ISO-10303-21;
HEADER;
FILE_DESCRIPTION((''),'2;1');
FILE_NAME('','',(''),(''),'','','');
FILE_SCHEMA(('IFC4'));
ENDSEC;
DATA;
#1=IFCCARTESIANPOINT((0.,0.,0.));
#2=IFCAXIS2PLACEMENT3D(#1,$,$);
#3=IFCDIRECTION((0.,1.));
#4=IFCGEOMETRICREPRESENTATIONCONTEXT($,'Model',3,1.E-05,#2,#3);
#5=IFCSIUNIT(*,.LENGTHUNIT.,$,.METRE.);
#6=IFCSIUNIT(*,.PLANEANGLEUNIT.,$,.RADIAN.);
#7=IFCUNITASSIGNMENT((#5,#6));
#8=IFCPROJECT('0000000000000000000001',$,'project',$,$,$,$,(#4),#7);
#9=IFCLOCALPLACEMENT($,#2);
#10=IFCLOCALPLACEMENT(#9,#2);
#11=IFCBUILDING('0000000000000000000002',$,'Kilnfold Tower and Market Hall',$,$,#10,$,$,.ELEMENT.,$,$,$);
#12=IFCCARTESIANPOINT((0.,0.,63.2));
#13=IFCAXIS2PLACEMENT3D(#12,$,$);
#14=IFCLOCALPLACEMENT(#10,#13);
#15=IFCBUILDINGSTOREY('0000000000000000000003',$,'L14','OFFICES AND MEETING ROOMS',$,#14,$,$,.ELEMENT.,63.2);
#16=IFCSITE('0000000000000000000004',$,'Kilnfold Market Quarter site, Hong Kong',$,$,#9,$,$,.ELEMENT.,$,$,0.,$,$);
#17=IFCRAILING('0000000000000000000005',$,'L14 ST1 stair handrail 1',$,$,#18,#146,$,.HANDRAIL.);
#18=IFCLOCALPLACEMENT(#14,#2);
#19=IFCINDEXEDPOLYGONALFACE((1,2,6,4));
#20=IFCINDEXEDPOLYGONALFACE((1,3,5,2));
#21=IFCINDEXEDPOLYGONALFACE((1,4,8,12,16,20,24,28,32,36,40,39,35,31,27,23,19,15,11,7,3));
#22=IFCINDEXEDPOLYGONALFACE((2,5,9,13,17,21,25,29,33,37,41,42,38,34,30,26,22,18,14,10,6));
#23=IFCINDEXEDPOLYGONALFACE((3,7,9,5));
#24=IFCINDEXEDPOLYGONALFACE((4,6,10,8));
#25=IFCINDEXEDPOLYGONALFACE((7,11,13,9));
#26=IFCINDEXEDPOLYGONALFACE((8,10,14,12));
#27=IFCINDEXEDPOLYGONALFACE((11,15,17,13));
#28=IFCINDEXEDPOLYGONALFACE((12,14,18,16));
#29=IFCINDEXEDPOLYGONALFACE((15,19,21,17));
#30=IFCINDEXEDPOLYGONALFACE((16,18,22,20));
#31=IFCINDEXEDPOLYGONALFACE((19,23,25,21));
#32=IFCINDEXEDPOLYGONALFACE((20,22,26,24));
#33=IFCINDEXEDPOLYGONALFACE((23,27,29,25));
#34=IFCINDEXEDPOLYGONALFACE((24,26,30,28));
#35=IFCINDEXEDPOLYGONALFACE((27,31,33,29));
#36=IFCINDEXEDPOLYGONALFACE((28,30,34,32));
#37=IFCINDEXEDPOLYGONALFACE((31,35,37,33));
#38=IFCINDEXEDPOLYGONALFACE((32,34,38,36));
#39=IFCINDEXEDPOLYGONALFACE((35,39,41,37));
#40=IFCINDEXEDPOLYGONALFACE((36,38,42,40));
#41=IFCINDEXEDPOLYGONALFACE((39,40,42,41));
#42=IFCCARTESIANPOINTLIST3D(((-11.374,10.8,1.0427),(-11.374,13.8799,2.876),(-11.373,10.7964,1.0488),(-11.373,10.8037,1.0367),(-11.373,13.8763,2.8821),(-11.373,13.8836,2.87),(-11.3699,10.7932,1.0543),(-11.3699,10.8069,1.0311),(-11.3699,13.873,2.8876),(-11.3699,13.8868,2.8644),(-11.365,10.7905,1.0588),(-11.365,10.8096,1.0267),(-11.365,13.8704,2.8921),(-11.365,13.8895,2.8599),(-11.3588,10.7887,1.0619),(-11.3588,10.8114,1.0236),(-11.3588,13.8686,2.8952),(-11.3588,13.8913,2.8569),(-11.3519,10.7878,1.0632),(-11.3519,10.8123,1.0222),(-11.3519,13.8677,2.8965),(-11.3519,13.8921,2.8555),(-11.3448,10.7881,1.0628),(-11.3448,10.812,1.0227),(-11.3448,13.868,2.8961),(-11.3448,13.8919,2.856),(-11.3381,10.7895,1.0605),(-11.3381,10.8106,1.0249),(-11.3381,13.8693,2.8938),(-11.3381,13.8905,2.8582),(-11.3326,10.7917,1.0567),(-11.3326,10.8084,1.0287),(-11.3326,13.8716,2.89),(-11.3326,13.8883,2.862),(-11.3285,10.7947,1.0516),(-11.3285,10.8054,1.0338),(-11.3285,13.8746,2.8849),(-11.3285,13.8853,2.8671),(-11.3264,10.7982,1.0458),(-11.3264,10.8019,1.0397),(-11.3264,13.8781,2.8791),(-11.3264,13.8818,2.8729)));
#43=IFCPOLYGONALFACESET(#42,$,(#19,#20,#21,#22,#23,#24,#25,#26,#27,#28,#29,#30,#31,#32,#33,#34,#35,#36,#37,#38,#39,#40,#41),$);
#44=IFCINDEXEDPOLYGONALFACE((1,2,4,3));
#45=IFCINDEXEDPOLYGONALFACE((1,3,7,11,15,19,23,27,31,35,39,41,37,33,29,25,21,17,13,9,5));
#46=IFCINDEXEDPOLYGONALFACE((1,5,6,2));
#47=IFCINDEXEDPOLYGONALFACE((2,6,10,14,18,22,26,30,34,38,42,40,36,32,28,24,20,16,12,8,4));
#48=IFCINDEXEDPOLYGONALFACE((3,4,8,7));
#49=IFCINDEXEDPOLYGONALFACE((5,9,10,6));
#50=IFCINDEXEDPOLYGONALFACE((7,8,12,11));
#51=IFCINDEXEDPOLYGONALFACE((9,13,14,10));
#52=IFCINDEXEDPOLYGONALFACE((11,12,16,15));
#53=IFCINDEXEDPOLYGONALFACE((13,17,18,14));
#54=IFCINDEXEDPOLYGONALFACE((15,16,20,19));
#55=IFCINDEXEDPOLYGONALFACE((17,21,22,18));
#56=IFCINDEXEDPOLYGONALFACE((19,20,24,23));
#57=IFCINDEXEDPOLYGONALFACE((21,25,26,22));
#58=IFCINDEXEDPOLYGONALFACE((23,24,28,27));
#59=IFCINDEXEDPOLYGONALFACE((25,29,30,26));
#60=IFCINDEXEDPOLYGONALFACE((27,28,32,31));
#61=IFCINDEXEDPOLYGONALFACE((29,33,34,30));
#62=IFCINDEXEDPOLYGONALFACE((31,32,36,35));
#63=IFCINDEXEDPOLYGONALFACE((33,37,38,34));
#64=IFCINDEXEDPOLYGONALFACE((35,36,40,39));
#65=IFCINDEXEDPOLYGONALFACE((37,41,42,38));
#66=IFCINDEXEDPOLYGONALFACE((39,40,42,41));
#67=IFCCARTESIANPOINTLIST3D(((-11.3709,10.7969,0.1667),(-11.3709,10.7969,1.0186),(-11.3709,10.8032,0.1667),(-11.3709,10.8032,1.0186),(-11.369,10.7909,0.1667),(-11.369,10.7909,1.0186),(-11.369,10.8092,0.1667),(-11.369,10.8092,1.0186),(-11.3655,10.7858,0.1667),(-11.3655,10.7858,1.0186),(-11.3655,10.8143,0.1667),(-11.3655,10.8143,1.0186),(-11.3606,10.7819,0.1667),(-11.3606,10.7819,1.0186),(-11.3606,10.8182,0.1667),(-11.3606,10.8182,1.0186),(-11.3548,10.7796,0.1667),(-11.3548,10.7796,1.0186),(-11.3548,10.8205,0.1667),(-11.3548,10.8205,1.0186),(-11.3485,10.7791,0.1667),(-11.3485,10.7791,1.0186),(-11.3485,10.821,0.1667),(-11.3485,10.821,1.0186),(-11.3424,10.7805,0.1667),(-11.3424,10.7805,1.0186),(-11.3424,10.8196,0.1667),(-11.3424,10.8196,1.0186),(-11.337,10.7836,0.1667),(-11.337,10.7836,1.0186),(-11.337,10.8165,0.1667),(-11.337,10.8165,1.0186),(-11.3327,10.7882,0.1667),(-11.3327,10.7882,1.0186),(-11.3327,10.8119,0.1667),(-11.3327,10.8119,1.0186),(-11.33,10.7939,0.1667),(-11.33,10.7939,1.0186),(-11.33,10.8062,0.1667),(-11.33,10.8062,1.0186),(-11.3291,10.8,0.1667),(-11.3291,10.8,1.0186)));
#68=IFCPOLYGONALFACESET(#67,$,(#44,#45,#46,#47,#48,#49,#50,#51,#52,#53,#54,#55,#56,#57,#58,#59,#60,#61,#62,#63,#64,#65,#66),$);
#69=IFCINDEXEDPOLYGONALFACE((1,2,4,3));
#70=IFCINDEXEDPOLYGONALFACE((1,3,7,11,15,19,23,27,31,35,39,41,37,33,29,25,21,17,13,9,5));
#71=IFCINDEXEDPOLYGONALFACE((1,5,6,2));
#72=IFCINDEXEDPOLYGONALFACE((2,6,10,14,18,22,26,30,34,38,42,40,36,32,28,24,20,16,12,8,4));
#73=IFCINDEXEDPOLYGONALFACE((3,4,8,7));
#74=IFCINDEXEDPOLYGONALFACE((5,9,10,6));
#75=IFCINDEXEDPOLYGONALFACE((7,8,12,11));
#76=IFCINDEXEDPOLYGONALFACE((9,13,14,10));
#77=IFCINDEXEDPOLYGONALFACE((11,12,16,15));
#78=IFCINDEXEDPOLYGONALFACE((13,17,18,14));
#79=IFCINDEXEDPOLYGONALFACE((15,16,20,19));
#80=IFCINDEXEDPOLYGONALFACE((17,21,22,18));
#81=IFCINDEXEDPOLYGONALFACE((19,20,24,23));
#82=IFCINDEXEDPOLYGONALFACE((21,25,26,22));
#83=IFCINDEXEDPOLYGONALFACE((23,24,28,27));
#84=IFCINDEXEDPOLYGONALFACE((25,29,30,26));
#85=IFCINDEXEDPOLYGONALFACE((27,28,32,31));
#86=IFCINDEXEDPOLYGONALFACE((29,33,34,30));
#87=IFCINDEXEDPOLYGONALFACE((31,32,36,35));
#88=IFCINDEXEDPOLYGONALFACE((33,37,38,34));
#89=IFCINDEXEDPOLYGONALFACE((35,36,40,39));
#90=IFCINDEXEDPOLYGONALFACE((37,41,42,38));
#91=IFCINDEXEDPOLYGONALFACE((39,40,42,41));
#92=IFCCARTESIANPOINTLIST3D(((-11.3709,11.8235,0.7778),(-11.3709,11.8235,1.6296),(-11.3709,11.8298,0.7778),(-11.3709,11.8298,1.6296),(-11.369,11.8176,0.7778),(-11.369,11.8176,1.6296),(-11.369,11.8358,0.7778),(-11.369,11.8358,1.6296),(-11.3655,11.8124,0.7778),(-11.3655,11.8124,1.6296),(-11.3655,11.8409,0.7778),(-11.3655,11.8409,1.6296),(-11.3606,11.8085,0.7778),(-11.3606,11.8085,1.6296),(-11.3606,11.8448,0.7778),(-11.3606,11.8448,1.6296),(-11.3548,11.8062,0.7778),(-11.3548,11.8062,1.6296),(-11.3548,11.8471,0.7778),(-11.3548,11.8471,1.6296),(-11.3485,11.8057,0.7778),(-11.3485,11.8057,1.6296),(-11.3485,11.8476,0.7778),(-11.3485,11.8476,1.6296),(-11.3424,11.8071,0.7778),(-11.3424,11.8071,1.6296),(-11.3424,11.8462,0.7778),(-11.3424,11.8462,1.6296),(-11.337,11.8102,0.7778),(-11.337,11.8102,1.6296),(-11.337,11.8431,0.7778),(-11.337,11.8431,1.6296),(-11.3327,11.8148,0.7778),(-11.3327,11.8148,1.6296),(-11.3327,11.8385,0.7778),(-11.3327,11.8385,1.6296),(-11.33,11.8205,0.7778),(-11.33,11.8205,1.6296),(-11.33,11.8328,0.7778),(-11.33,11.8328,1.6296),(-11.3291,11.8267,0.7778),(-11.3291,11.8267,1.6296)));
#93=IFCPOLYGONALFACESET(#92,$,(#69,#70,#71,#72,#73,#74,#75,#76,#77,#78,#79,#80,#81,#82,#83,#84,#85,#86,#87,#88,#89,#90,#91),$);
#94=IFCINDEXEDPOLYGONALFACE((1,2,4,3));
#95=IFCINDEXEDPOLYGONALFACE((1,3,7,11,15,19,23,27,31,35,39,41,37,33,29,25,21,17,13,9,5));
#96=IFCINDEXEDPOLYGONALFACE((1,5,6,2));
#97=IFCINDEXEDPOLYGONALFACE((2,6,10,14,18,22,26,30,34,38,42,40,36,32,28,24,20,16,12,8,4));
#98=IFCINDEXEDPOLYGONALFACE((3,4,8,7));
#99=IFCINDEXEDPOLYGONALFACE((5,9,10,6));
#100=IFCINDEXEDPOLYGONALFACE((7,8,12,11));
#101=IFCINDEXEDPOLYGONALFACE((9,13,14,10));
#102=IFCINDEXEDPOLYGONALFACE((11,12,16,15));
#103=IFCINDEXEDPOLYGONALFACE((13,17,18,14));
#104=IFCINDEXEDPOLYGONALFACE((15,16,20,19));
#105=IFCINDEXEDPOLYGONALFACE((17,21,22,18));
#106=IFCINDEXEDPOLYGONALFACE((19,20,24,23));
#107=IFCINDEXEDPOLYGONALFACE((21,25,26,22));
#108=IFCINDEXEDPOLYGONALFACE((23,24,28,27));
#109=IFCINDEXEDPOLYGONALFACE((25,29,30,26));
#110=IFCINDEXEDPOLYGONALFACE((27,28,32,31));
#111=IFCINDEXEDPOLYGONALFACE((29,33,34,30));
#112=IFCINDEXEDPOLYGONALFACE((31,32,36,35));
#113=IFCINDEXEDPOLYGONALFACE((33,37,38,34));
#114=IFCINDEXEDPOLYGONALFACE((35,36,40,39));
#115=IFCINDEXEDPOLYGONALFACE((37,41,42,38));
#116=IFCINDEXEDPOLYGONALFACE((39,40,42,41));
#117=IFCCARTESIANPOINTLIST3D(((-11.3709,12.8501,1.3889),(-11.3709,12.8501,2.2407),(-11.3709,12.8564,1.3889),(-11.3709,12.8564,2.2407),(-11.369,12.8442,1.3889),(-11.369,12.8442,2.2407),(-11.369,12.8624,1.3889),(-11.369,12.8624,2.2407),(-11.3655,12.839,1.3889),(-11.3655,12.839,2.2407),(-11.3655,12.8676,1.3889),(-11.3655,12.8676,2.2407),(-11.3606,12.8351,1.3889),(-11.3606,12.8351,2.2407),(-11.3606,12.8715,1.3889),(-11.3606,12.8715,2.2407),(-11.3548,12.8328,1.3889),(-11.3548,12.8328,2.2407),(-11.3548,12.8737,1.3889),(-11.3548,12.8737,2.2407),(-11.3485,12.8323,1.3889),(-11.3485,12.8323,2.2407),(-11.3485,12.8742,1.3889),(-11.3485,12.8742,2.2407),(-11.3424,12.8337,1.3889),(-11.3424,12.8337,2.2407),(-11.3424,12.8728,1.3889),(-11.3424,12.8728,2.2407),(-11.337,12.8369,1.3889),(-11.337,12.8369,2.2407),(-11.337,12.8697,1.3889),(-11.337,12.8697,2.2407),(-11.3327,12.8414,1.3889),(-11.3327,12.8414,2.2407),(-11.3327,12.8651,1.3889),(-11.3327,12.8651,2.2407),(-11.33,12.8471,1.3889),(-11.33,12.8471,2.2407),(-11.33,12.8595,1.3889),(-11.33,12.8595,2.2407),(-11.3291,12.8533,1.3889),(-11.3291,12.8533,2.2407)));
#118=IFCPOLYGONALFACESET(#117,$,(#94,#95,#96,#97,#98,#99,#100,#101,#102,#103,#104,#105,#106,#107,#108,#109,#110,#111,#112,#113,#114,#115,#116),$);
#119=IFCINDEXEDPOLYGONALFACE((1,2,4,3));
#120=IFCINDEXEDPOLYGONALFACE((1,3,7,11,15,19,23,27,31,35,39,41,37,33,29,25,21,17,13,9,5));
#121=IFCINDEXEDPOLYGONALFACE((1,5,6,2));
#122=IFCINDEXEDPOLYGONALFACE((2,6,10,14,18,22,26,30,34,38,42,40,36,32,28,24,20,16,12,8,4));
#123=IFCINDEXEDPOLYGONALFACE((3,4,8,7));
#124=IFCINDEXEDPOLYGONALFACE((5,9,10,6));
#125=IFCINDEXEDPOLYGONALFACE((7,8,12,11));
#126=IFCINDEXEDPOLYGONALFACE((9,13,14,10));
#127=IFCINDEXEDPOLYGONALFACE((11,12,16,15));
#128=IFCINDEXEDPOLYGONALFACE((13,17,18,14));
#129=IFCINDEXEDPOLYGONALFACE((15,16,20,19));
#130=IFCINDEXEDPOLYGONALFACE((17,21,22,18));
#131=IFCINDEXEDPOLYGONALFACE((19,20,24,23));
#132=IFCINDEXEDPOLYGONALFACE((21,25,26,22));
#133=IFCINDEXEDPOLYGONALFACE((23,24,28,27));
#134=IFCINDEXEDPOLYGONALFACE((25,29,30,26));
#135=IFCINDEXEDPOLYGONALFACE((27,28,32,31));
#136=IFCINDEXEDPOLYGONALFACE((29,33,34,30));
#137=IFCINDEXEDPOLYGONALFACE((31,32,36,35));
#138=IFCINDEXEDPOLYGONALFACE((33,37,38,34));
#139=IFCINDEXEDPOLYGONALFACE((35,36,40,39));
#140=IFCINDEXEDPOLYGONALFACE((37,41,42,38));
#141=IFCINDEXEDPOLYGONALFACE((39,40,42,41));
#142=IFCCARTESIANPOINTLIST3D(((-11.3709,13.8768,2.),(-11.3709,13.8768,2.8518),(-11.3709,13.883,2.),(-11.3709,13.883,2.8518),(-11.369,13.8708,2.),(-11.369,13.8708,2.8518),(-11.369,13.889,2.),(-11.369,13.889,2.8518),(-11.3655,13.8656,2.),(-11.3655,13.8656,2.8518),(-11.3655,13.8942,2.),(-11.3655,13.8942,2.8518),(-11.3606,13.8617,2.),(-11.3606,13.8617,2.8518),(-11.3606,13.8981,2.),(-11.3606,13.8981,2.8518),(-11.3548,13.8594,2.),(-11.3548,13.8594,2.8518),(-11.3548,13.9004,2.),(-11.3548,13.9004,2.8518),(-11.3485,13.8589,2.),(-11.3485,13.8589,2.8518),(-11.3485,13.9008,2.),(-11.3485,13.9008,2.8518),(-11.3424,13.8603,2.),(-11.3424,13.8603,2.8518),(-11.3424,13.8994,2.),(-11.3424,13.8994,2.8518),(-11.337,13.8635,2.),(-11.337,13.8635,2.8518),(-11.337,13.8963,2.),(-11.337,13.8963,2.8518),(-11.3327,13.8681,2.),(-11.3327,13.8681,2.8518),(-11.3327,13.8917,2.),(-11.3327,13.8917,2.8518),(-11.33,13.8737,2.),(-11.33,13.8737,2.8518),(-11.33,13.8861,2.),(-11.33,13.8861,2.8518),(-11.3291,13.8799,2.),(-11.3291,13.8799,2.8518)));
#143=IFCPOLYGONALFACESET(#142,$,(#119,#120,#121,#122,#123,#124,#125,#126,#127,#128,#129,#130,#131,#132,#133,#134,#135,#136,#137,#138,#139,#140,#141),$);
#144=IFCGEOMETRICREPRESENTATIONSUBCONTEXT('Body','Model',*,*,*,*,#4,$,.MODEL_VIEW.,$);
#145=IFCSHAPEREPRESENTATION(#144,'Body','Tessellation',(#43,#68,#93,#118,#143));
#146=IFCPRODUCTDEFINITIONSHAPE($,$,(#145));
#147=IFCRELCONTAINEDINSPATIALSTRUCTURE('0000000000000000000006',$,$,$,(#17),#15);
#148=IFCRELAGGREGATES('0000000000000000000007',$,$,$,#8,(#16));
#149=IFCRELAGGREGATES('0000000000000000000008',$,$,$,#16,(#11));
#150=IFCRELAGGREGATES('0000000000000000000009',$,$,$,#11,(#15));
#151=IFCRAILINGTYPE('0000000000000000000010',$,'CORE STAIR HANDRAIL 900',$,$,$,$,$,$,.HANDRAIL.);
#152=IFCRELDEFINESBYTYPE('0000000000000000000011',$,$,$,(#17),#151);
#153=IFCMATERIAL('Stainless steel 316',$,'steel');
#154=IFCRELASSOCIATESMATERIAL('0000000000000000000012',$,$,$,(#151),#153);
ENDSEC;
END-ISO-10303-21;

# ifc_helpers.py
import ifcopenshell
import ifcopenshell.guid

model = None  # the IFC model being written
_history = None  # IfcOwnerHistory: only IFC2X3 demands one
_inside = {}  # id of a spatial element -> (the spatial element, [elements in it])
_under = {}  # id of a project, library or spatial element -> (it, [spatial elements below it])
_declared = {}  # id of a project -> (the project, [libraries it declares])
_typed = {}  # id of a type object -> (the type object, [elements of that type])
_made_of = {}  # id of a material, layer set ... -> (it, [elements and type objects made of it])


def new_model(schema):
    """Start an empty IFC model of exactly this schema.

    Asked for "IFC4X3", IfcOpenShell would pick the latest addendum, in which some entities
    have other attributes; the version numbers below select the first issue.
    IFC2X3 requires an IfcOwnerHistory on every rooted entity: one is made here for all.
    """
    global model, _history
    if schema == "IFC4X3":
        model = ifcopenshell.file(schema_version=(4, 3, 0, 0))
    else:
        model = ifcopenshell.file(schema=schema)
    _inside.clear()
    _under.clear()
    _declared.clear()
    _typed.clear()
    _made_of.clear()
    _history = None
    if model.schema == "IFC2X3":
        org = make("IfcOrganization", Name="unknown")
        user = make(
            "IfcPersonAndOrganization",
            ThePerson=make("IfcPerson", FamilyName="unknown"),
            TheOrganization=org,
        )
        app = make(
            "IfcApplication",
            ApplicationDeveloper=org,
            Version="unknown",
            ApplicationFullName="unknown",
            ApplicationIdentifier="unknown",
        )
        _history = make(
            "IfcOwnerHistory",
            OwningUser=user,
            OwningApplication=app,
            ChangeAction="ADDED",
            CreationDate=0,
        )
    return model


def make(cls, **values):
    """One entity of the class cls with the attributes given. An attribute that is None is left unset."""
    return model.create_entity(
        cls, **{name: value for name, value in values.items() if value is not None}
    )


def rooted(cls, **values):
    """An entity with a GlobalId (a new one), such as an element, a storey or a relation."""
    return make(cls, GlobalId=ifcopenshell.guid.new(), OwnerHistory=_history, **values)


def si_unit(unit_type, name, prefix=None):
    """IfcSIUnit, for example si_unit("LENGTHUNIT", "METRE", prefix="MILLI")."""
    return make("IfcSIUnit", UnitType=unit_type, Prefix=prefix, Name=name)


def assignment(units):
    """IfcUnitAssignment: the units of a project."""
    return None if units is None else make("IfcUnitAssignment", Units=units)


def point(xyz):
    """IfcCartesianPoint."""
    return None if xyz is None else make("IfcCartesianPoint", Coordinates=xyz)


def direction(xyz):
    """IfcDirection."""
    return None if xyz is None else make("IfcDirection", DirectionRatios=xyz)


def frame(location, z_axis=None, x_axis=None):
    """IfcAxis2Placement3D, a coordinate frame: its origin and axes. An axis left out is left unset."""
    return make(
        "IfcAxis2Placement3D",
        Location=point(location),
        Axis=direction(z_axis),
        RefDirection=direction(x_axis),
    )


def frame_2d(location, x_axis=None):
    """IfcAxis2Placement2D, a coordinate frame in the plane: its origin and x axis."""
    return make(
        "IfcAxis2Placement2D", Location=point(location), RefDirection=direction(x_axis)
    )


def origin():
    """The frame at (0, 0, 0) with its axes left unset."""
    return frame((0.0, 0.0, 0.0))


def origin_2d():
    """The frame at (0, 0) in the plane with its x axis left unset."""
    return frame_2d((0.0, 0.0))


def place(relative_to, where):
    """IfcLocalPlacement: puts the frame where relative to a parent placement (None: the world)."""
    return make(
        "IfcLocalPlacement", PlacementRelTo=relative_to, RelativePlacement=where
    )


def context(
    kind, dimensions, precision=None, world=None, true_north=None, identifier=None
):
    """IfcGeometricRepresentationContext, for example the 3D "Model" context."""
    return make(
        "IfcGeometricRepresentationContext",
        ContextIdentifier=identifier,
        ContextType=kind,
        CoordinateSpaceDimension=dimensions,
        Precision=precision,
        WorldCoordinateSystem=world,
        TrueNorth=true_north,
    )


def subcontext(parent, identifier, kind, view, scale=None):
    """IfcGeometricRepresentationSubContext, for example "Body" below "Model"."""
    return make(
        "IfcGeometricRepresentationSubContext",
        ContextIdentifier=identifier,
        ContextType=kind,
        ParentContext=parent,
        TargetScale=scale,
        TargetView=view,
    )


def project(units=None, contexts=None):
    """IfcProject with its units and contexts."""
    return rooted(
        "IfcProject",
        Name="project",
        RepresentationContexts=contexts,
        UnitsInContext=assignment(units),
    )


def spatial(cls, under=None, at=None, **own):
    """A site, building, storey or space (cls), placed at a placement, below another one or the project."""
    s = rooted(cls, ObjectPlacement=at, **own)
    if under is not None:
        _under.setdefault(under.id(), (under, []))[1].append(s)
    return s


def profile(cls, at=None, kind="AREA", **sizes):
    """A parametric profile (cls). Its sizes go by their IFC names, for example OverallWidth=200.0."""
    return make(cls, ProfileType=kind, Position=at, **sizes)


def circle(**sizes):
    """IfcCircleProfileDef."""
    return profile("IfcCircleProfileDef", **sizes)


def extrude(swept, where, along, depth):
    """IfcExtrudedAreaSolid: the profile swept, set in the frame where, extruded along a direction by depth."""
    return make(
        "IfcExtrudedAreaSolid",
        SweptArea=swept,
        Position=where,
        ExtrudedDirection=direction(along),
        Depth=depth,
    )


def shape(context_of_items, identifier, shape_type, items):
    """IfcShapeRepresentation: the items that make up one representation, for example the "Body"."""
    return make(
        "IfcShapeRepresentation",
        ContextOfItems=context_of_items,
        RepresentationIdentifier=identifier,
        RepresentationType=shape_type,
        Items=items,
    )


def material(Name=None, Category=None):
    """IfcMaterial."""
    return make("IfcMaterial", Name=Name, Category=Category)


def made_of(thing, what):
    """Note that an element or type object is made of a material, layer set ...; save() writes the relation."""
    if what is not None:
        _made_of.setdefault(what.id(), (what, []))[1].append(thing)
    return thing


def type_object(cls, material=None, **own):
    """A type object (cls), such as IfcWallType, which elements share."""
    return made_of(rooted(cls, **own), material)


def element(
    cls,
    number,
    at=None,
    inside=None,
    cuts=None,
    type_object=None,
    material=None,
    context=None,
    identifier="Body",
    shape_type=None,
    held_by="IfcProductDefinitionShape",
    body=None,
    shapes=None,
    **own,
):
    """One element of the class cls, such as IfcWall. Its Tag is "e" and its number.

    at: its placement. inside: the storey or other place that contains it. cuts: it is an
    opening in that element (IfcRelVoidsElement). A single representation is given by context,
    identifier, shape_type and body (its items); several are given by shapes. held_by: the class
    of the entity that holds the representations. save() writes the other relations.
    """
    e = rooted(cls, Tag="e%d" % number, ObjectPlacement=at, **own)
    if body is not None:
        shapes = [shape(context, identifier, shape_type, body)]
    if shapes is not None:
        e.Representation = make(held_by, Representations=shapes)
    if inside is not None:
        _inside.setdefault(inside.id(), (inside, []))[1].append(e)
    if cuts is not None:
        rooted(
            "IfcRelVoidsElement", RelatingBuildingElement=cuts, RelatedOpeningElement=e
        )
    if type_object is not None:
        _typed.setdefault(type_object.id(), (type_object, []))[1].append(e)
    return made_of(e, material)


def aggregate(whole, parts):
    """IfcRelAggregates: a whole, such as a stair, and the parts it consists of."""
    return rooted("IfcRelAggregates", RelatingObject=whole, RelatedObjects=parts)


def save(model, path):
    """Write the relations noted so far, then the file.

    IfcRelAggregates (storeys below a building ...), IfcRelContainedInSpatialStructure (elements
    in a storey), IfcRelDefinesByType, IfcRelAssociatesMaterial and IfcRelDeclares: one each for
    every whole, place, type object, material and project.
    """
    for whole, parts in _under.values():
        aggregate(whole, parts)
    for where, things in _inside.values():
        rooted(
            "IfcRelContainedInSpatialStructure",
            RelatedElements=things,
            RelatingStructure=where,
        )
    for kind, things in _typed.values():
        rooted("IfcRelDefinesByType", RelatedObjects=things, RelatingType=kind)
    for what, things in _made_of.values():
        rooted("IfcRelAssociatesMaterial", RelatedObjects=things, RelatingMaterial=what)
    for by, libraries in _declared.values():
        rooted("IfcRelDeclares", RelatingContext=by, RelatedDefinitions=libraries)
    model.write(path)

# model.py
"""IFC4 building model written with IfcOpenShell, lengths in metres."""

from ifc_helpers import new_model, si_unit, direction, frame, origin, origin_2d, place, context, subcontext, project, spatial, circle, extrude, material, type_object, element, save


model = new_model("IFC4")

# Units and contexts
model_context = context("Model", 3, precision=1e-05, world=origin(), true_north=direction((0.0, 1.0)))
body_context = subcontext(model_context, "Body", "Model", "MODEL_VIEW")
ifc_project = project(units=[si_unit("LENGTHUNIT", "METRE"), si_unit("PLANEANGLEUNIT", "RADIAN")], contexts=[model_context])

# Site, building, storey
site_placement = place(None, origin())
site = spatial("IfcSite", under=ifc_project, at=site_placement, Name="Kilnfold Market Quarter site, Hong Kong", CompositionType="ELEMENT", RefElevation=0.0)
building_placement = place(site_placement, origin())
building = spatial("IfcBuilding", under=site, at=building_placement, Name="Kilnfold Tower and Market Hall", CompositionType="ELEMENT")
storey_placement = place(building_placement, frame((0.0, 0.0, 63.2)))
storey = spatial("IfcBuildingStorey", under=building, at=storey_placement, Name="L14", Description="OFFICES AND MEETING ROOMS", CompositionType="ELEMENT", Elevation=63.2)

# Railing
ifc_material_1 = material(Name="Stainless steel 316", Category="steel")
railing_type_1 = type_object("IfcRailingType", Name="CORE STAIR HANDRAIL 900", PredefinedType="HANDRAIL", material=ifc_material_1)
railing_1_placement = place(storey_placement, frame((-11.3501, 10.8, 0.1667)))
element("IfcRailing", 1, at=railing_1_placement, inside=storey, type_object=railing_type_1, Name="L14 ST1 stair handrail 1", PredefinedType="HANDRAIL", context=body_context, shape_type="SweptSolid", body=[
    extrude(circle(Radius=0.0239, at=origin_2d()), frame((0.0, 0.0, 0.876), z_axis=(0.0, 0.859291, 0.511487), x_axis=(-1.0, 0.0, 0.0)), (0.0, 0.0, 1.0), 3.5842),
    extrude(circle(Radius=0.021, at=origin_2d()), origin(), (0.0, 0.0, 1.0), 0.8518),
    extrude(circle(Radius=0.021, at=origin_2d()), frame((0.0, 1.0266, 0.6111)), (0.0, 0.0, 1.0), 0.8518),
    extrude(circle(Radius=0.021, at=origin_2d()), frame((0.0, 2.0532, 1.2222)), (0.0, 0.0, 1.0), 0.8518),
    extrude(circle(Radius=0.021, at=origin_2d()), frame((0.0, 3.0798, 1.8333)), (0.0, 0.0, 1.0), 0.8518),
])

save(model, "model.ifc")
